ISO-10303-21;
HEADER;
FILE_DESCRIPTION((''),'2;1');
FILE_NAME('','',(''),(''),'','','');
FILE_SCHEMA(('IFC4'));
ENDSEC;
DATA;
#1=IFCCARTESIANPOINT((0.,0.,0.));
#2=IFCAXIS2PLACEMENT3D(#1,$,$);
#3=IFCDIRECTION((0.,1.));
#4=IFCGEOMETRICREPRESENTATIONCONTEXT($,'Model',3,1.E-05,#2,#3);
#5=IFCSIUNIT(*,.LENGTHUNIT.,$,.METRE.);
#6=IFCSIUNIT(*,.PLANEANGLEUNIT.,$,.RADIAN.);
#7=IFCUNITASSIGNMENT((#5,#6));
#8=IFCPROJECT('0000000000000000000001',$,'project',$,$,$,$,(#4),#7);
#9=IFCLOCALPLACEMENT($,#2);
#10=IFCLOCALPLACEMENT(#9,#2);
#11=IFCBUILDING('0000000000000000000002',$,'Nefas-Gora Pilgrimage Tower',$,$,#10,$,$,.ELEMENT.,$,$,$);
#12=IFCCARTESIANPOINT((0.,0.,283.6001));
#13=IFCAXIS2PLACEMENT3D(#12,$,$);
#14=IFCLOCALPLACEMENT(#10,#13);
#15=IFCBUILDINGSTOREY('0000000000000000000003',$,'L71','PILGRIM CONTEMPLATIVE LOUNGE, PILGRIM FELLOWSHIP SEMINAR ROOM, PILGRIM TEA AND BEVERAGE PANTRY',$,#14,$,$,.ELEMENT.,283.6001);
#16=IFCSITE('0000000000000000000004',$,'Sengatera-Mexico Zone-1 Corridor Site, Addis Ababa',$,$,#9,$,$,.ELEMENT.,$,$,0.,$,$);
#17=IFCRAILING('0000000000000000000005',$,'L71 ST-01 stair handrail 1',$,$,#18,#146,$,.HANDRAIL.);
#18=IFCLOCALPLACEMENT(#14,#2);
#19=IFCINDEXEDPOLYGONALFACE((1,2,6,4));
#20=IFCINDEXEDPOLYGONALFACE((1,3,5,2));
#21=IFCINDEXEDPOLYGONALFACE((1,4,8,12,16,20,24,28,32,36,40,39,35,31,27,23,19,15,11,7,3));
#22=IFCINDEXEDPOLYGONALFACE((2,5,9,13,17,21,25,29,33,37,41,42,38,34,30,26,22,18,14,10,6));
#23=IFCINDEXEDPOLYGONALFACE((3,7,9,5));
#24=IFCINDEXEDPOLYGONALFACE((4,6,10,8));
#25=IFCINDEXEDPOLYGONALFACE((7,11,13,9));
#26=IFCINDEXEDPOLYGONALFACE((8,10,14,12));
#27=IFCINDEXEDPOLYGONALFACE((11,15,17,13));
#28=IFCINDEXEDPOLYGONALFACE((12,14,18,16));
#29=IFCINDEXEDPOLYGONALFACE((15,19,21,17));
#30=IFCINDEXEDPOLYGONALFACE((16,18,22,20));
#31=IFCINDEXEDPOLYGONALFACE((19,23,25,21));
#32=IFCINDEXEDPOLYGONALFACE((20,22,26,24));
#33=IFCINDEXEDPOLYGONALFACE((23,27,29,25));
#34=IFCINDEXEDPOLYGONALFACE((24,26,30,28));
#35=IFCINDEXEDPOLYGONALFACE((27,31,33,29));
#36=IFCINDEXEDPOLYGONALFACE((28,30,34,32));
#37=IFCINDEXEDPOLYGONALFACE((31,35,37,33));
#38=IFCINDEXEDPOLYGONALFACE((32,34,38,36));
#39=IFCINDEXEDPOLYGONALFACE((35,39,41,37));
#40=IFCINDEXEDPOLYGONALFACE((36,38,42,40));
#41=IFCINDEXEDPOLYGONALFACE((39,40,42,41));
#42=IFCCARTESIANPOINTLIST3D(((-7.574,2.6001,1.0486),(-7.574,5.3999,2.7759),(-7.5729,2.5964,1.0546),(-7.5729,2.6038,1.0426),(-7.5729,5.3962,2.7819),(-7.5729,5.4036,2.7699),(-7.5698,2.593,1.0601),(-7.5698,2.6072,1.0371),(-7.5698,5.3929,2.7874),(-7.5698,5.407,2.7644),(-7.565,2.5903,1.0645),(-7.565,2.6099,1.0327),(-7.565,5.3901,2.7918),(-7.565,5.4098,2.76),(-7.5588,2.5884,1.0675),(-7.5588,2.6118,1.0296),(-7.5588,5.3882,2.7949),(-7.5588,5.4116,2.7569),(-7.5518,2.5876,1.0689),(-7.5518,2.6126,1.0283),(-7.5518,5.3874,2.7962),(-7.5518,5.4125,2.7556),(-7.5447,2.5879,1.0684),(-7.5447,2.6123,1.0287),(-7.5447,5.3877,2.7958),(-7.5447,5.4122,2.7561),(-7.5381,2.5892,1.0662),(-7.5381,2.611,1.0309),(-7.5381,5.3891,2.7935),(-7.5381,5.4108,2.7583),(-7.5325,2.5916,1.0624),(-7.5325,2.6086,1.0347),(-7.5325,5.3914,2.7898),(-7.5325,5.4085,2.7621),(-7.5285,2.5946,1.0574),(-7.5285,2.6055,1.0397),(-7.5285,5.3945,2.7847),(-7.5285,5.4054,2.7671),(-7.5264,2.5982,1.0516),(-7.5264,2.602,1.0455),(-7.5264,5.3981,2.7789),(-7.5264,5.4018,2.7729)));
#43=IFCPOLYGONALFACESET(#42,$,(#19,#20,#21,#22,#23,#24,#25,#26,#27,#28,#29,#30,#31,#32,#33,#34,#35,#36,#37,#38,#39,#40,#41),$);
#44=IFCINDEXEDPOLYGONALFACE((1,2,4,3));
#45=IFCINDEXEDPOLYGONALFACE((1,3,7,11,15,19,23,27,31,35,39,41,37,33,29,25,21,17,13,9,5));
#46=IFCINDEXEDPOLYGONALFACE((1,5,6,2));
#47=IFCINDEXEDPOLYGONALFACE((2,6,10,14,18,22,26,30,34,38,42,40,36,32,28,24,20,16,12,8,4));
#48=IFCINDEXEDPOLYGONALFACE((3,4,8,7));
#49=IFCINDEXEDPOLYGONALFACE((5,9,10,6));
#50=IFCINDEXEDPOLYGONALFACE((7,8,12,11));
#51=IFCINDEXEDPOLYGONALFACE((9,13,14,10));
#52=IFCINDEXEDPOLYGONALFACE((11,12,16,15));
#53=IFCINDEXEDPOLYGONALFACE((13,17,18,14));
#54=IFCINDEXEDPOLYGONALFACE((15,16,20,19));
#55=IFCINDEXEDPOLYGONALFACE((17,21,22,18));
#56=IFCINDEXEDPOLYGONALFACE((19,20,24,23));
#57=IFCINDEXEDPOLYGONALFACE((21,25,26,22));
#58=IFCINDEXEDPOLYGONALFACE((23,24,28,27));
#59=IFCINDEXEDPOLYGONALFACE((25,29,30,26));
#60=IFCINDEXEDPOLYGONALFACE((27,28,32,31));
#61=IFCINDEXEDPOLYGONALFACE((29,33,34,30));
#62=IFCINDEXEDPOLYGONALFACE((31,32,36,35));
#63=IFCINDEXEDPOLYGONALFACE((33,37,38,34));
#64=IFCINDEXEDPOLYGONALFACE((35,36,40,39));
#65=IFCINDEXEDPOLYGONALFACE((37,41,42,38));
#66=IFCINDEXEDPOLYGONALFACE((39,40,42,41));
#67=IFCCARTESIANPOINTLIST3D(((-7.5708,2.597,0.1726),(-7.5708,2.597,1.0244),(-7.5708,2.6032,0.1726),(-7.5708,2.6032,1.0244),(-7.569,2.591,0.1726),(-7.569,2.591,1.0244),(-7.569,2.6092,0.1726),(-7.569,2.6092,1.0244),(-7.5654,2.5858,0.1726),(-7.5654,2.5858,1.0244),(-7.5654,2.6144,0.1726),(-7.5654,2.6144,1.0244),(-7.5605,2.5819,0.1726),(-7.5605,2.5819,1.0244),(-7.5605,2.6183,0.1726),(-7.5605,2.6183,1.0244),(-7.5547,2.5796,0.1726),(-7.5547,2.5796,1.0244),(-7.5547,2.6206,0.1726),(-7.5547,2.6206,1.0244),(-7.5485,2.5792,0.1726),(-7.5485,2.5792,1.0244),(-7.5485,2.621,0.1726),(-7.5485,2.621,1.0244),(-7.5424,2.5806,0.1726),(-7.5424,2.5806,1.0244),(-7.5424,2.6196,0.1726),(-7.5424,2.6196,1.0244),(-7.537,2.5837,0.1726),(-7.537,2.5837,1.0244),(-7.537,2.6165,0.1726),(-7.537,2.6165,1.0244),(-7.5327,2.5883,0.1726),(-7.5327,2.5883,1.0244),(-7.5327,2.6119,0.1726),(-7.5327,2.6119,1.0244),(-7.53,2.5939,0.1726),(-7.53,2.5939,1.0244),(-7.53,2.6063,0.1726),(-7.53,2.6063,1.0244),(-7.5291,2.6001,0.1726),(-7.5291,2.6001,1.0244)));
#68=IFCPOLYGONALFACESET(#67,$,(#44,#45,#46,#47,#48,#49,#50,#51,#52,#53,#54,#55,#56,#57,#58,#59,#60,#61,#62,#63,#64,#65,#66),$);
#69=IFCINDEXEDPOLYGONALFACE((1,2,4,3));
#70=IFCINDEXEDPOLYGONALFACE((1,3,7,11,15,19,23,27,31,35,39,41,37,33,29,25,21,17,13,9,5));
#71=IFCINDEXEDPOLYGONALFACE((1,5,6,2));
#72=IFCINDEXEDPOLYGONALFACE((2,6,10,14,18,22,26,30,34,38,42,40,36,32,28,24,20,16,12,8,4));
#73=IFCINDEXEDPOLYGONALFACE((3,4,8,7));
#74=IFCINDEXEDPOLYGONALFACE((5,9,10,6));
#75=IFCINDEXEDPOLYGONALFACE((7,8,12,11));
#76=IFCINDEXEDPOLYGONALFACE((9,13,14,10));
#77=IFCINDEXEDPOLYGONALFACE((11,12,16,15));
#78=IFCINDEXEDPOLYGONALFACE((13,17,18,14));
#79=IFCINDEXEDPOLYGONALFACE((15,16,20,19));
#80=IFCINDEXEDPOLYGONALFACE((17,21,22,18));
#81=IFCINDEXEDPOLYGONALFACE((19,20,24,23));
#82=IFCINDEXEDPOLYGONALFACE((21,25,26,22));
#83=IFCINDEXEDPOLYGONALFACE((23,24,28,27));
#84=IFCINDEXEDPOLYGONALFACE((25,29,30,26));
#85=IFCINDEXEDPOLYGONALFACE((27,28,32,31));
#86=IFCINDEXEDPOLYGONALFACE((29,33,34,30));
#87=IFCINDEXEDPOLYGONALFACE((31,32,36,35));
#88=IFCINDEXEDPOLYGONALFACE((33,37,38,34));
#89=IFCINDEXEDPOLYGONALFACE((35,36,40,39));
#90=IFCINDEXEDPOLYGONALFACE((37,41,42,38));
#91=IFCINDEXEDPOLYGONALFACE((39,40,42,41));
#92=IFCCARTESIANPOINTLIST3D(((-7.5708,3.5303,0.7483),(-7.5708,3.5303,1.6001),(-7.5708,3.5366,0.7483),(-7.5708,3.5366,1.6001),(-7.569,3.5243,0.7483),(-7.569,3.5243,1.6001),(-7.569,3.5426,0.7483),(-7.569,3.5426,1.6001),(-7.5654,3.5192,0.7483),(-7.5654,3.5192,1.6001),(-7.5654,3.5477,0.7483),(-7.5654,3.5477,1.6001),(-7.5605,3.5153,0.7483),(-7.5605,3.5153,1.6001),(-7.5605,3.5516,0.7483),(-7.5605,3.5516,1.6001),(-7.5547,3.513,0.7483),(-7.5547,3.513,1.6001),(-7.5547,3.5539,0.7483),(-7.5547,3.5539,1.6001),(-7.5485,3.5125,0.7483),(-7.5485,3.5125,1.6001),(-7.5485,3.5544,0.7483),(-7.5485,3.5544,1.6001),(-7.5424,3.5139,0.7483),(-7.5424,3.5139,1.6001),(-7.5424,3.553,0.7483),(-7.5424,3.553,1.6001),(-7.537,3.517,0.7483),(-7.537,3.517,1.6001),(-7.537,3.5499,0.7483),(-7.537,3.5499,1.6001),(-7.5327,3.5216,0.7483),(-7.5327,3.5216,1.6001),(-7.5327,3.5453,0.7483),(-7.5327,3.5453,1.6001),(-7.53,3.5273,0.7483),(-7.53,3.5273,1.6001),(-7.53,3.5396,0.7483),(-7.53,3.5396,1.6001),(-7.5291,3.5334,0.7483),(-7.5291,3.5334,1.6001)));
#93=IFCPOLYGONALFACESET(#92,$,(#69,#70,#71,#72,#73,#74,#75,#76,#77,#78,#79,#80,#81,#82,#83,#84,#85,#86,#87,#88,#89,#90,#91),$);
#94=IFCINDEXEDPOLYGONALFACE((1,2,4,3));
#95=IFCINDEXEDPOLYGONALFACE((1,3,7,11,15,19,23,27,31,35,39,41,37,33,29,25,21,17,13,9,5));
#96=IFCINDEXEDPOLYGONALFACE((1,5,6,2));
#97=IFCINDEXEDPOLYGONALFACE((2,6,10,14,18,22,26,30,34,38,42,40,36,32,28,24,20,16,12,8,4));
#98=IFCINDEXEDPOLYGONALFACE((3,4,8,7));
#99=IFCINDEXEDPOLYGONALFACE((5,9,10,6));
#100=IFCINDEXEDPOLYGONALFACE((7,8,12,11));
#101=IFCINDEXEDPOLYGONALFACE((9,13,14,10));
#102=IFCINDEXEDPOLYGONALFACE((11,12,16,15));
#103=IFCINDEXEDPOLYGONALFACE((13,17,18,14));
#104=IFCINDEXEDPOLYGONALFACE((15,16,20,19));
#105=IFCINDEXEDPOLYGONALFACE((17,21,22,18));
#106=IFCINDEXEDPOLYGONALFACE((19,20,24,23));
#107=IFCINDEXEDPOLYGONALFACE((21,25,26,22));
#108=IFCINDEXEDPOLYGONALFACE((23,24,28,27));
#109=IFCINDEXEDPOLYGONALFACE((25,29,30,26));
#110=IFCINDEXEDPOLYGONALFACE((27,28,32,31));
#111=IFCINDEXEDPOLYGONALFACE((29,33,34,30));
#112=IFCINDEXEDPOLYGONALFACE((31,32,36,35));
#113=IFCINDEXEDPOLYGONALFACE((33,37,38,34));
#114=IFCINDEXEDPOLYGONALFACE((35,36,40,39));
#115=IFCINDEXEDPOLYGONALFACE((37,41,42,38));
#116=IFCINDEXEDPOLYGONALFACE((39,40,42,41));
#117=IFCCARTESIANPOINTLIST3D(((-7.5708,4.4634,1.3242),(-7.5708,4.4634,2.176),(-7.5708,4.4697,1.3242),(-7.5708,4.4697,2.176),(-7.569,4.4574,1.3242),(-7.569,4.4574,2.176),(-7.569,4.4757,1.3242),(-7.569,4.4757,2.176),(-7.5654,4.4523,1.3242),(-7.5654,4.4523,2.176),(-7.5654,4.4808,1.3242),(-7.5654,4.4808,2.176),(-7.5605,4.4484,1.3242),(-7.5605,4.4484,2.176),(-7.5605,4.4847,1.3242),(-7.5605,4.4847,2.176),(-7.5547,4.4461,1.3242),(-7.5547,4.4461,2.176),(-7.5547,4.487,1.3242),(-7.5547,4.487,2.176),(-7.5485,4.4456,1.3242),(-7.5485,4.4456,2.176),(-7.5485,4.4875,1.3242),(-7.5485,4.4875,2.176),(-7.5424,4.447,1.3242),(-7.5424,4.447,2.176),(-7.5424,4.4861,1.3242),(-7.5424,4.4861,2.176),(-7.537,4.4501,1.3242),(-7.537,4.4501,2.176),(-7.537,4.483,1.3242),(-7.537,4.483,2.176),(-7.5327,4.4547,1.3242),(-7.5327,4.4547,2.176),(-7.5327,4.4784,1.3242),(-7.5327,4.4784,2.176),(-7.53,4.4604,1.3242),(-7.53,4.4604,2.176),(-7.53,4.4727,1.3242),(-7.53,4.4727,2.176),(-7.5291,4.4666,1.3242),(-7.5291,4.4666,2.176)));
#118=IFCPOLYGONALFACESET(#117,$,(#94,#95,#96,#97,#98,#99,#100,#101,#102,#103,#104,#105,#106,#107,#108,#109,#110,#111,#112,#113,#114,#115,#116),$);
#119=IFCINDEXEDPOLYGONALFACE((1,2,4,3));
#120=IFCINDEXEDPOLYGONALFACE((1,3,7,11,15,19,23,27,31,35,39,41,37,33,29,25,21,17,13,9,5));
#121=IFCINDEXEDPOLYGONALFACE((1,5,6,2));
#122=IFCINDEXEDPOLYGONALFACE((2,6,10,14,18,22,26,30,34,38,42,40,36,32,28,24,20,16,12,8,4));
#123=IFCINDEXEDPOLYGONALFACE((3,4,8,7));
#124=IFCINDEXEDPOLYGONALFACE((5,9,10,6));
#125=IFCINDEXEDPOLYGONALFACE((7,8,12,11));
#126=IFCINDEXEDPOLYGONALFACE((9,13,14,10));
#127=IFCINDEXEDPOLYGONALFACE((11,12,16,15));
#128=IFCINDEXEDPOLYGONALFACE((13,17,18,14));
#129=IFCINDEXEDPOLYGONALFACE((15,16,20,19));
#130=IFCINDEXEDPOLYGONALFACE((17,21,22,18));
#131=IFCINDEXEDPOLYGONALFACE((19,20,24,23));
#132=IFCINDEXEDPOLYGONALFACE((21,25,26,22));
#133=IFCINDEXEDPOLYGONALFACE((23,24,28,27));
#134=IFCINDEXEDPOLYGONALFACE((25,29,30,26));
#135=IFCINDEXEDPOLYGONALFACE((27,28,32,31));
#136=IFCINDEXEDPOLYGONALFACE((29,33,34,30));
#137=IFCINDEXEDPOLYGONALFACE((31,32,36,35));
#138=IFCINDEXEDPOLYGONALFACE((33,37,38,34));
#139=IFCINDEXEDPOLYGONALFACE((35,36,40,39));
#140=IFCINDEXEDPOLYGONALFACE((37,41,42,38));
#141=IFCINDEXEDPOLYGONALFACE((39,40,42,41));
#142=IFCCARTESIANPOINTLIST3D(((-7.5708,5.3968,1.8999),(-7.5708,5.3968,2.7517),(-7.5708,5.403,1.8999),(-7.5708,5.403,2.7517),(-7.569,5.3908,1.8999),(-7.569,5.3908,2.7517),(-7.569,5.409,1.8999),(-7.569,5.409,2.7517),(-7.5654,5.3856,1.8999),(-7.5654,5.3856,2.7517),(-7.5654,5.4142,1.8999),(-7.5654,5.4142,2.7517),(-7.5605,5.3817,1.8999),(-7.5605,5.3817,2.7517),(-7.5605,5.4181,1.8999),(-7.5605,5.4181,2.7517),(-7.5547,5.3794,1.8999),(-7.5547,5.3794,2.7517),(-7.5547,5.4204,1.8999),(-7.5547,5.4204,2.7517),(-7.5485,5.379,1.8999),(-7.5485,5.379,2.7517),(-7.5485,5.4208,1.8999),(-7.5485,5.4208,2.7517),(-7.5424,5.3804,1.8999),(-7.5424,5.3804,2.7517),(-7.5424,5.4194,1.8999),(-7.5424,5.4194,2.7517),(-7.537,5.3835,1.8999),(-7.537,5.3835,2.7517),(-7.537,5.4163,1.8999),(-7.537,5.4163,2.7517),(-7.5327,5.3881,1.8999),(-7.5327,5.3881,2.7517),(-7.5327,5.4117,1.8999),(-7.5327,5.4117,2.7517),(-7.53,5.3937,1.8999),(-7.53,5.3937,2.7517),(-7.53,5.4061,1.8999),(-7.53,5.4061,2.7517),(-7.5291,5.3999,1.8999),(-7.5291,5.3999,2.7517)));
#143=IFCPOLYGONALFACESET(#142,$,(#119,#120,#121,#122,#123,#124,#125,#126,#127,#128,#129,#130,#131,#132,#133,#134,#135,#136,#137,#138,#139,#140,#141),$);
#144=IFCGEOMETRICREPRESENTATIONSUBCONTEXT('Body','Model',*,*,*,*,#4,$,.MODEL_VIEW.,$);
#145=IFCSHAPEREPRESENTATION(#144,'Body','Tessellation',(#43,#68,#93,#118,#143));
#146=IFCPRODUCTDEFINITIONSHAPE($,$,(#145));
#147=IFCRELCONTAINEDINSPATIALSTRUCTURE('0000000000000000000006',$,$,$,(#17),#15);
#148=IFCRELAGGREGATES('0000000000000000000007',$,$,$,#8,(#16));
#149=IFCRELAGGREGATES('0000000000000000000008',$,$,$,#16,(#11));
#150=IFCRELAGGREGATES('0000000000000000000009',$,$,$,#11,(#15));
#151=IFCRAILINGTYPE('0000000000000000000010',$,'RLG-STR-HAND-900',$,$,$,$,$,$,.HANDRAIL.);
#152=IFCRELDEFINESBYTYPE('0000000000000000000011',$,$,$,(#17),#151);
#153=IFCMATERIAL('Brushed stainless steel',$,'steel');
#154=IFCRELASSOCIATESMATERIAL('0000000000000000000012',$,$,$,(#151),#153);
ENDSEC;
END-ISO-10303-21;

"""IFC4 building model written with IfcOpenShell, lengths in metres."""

from ifc_helpers import new_model, si_unit, direction, frame, origin, origin_2d, place, context, subcontext, project, spatial, circle, extrude, material, type_object, element, save


model = new_model("IFC4")

# Units and contexts
model_context = context("Model", 3, precision=1e-05, world=origin(), true_north=direction((0.0, 1.0)))
body_context = subcontext(model_context, "Body", "Model", "MODEL_VIEW")
ifc_project = project(units=[si_unit("LENGTHUNIT", "METRE"), si_unit("PLANEANGLEUNIT", "RADIAN")], contexts=[model_context])

# Site, building, storey
site_placement = place(None, origin())
site = spatial("IfcSite", under=ifc_project, at=site_placement, Name="Sengatera-Mexico Zone-1 Corridor Site, Addis Ababa", CompositionType="ELEMENT", RefElevation=0.0)
building_placement = place(site_placement, origin())
building = spatial("IfcBuilding", under=site, at=building_placement, Name="Nefas-Gora Pilgrimage Tower", CompositionType="ELEMENT")
storey_placement = place(building_placement, frame((0.0, 0.0, 283.6001)))
storey = spatial("IfcBuildingStorey", under=building, at=storey_placement, Name="L71", Description="PILGRIM CONTEMPLATIVE LOUNGE, PILGRIM FELLOWSHIP SEMINAR ROOM, PILGRIM TEA AND BEVERAGE PANTRY", CompositionType="ELEMENT", Elevation=283.6001)

# Railing
ifc_material_1 = material(Name="Brushed stainless steel", Category="steel")
railing_type_1 = type_object("IfcRailingType", Name="RLG-STR-HAND-900", PredefinedType="HANDRAIL", material=ifc_material_1)
railing_1_placement = place(storey_placement, frame((-7.55, 2.6001, 0.1726)))
element("IfcRailing", 1, at=railing_1_placement, inside=storey, type_object=railing_type_1, Name="L71 ST-01 stair handrail 1", PredefinedType="HANDRAIL", context=body_context, shape_type="SweptSolid", body=[
    extrude(circle(Radius=0.0239, at=origin_2d()), frame((0.0, 0.0, 0.876), z_axis=(0.0, 0.851069, 0.525054), x_axis=(-1.0, 0.0, 0.0)), (0.0, 0.0, 1.0), 3.2898),
    extrude(circle(Radius=0.021, at=origin_2d()), origin(), (0.0, 0.0, 1.0), 0.8518),
    extrude(circle(Radius=0.021, at=origin_2d()), frame((0.0, 0.9333, 0.5757)), (0.0, 0.0, 1.0), 0.8518),
    extrude(circle(Radius=0.021, at=origin_2d()), frame((0.0, 1.8665, 1.1516)), (0.0, 0.0, 1.0), 0.8518),
    extrude(circle(Radius=0.021, at=origin_2d()), frame((0.0, 2.7998, 1.7273)), (0.0, 0.0, 1.0), 0.8518),
])

save(model, "model.ifc")
